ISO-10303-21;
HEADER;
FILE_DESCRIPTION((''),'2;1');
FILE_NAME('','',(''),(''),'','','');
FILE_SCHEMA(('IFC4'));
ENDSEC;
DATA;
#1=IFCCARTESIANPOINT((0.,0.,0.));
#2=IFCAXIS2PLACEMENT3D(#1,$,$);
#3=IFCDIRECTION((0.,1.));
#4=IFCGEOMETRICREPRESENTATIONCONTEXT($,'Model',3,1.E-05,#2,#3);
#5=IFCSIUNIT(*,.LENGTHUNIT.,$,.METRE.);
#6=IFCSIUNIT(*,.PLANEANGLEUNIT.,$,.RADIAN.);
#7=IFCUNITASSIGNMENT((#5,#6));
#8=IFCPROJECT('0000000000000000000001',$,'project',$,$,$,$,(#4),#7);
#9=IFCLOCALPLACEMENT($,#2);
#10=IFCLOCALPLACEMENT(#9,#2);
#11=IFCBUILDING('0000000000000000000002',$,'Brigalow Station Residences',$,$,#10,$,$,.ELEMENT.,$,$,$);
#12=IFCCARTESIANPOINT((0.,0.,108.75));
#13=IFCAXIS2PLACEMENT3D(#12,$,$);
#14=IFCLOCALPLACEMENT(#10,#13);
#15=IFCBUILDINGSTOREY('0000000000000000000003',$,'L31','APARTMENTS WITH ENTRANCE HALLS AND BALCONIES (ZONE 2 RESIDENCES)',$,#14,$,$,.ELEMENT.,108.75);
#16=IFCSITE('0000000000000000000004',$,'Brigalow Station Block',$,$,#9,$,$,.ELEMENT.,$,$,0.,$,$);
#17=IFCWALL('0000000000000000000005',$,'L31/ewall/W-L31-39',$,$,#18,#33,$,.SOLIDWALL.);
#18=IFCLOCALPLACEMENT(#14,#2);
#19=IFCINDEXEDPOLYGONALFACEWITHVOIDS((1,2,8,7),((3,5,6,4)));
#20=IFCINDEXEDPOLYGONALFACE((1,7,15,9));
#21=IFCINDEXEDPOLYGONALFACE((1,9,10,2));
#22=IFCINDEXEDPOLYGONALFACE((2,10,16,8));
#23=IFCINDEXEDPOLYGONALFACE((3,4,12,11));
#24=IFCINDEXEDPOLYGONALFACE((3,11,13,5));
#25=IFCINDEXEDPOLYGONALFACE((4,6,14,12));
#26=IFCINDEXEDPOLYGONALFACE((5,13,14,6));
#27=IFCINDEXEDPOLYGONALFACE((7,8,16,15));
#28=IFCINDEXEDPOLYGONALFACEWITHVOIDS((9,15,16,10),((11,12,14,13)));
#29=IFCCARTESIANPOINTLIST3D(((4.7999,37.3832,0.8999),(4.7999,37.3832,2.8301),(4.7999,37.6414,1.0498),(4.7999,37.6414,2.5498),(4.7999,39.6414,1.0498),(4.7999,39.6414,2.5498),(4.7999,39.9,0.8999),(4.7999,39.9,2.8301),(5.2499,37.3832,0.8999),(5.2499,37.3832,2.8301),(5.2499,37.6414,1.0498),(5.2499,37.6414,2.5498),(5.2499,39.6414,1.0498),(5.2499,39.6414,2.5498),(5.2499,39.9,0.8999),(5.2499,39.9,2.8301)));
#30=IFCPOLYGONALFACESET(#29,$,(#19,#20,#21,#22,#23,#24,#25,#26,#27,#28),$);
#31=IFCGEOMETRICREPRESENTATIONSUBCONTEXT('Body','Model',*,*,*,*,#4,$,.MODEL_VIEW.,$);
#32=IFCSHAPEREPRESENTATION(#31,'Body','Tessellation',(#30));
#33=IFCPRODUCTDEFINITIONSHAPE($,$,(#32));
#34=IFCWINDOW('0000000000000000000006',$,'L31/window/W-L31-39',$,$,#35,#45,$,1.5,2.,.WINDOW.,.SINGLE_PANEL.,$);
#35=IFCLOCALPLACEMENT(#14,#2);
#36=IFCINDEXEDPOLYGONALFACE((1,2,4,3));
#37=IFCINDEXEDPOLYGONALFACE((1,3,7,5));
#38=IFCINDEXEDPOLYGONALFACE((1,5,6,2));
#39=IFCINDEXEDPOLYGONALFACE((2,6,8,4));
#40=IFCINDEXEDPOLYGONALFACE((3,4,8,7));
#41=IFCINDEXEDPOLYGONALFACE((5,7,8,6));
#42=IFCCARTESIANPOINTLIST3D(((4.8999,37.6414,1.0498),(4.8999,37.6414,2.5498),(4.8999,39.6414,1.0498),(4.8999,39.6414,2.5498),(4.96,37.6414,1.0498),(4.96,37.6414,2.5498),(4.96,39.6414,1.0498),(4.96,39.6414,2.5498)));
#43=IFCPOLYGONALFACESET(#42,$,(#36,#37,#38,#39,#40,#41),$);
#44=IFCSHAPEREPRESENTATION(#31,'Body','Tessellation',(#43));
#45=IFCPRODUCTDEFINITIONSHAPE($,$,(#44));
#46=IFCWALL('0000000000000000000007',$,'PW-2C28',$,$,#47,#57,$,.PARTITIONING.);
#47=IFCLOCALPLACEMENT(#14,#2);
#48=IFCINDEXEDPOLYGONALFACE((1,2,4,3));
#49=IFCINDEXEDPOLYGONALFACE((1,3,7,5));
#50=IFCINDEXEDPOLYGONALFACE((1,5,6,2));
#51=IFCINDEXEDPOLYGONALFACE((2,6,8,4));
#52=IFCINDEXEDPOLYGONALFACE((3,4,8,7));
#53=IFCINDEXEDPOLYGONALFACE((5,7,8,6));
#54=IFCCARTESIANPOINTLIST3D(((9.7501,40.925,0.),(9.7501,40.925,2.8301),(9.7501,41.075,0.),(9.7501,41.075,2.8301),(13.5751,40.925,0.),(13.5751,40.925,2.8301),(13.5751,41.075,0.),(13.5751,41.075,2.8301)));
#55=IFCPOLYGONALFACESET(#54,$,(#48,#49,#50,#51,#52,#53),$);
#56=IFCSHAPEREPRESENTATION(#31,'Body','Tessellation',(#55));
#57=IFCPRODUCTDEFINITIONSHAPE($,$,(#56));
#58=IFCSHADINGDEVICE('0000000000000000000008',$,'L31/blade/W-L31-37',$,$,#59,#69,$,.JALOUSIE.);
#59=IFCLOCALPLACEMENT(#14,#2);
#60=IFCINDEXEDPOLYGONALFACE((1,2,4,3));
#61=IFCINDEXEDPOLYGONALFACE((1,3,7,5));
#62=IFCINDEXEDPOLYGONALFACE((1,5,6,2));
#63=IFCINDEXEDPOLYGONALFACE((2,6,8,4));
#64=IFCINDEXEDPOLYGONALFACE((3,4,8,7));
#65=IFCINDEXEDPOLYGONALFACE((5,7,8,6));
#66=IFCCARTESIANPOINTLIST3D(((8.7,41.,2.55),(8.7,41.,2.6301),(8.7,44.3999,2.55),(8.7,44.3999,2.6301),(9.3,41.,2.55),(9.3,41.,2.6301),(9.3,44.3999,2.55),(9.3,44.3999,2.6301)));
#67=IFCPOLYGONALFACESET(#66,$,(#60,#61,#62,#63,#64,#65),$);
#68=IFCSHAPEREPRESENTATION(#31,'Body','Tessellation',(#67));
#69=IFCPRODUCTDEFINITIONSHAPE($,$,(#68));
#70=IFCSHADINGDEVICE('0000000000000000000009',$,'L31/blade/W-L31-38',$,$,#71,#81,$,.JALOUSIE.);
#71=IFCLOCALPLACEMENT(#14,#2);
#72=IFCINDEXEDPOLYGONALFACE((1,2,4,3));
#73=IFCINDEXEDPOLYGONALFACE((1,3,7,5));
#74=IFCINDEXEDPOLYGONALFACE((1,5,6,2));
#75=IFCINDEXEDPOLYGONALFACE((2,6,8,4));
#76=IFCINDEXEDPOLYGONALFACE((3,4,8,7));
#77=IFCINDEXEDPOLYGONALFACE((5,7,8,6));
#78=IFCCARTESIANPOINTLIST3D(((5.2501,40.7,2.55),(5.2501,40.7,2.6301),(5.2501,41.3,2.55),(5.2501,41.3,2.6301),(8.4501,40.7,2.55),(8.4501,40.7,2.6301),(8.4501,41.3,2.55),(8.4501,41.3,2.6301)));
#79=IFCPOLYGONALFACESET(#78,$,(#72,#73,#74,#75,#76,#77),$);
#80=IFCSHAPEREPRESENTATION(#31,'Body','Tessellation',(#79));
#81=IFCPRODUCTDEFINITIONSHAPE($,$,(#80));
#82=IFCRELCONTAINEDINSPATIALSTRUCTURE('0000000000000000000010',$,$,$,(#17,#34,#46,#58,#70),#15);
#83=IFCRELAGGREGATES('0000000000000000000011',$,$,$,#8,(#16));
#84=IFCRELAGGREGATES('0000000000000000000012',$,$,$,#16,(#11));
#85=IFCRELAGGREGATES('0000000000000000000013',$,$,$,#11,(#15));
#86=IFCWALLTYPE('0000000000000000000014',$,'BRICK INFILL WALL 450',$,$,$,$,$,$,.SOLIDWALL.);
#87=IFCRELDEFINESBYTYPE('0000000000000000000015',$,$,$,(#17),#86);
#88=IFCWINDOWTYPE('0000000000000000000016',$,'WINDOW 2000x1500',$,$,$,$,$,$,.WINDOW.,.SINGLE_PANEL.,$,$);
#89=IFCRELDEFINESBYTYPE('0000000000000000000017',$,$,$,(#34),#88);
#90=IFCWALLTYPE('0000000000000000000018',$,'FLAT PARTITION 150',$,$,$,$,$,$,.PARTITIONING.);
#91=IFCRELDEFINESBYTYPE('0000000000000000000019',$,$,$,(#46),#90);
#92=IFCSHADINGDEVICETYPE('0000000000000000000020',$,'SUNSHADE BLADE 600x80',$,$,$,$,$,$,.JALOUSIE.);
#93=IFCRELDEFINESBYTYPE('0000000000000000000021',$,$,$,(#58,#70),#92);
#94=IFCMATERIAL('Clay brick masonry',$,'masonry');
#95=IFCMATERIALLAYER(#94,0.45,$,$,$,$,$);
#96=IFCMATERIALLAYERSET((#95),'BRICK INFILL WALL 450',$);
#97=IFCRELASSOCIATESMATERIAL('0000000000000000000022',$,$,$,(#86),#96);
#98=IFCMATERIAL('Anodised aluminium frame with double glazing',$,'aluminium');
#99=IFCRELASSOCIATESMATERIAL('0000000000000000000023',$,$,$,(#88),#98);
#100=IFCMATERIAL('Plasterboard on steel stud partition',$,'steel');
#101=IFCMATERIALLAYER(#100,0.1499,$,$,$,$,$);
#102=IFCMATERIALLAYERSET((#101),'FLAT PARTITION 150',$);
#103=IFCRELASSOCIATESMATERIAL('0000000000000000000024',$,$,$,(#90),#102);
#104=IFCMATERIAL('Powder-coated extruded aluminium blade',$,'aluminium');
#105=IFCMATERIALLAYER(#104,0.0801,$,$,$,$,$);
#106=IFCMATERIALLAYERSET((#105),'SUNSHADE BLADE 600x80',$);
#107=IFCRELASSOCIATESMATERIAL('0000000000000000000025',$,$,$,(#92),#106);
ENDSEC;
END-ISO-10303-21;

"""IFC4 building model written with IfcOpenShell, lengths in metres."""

from ifc_helpers import new_model, si_unit, direction, frame, frame_2d, origin, origin_2d, place, context, subcontext, project, spatial, rectangle, extrude, material, layer, layer_set, type_object, element, fill, save


model = new_model("IFC4")

# Units and contexts
model_context = context("Model", 3, precision=1e-05, world=origin(), true_north=direction((0.0, 1.0)))
body_context = subcontext(model_context, "Body", "Model", "MODEL_VIEW")
ifc_project = project(units=[si_unit("LENGTHUNIT", "METRE"), si_unit("PLANEANGLEUNIT", "RADIAN")], contexts=[model_context])

# Site, building, storey
site_placement = place(None, origin())
site = spatial("IfcSite", under=ifc_project, at=site_placement, Name="Brigalow Station Block", CompositionType="ELEMENT", RefElevation=0.0)
building_placement = place(site_placement, origin())
building = spatial("IfcBuilding", under=site, at=building_placement, Name="Brigalow Station Residences", CompositionType="ELEMENT")
storey_placement = place(building_placement, frame((0.0, 0.0, 108.75)))
storey = spatial("IfcBuildingStorey", under=building, at=storey_placement, Name="L31", Description="APARTMENTS WITH ENTRANCE HALLS AND BALCONIES (ZONE 2 RESIDENCES)", CompositionType="ELEMENT", Elevation=108.75)

# Shared definitions
ifc_material_1 = material(Name="Clay brick masonry", Category="masonry")
ifc_layer_1 = layer(ifc_material_1, 0.45)
ifc_layer_set_1 = layer_set([ifc_layer_1], Name="BRICK INFILL WALL 450")
wall_type_1 = type_object("IfcWallType", Name="BRICK INFILL WALL 450", PredefinedType="SOLIDWALL", material=ifc_layer_set_1)

# Wall, opening, window
wall_1_placement = place(storey_placement, frame((5.0249, 39.8999, 0.8999), z_axis=(0.0, 0.0, 1.0), x_axis=(0.0, -1.0, 0.0)))
wall_1 = element("IfcWall", 1, at=wall_1_placement, inside=storey, type_object=wall_type_1, Name="L31/ewall/W-L31-39", PredefinedType="SOLIDWALL", context=body_context, shape_type="SweptSolid", body=[
    extrude(rectangle(XDim=2.5168, YDim=0.45, at=frame_2d((1.2583, 0.0))), origin(), (0.0, 0.0, 1.0), 1.9302),
])
opening_1_placement = place(wall_1_placement, frame((0.2585, 0.0, 0.1499)))
opening_1 = element("IfcOpeningElement", 2, at=opening_1_placement, cuts=wall_1, PredefinedType="OPENING", context=body_context, shape_type="SweptSolid", body=[
    extrude(rectangle(XDim=2.0, YDim=1.5, at=frame_2d((1.0, 0.75))), frame((0.0, 0.2349, 0.0), z_axis=(0.0, -1.0, 0.0), x_axis=(1.0, 0.0, 0.0)), (0.0, 0.0, 1.0), 0.47),
])
ifc_material_2 = material(Name="Anodised aluminium frame with double glazing", Category="aluminium")
window_type_1 = type_object("IfcWindowType", Name="WINDOW 2000x1500", PartitioningType="SINGLE_PANEL", PredefinedType="WINDOW", material=ifc_material_2)
window_1_placement = place(opening_1_placement, origin())
window_1 = element("IfcWindow", 3, at=window_1_placement, inside=storey, type_object=window_type_1, Name="L31/window/W-L31-39", OverallHeight=1.5, OverallWidth=2.0, PartitioningType="SINGLE_PANEL", PredefinedType="WINDOW", context=body_context, shape_type="SweptSolid", body=[
    extrude(rectangle(XDim=2.0, YDim=1.5, at=frame_2d((1.0, 0.75))), frame((0.0, -0.0649, 0.0), z_axis=(0.0, -1.0, 0.0), x_axis=(1.0, 0.0, 0.0)), (0.0, 0.0, 1.0), 0.0601),
])
fill(opening_1, window_1)

# Wall
ifc_material_3 = material(Name="Plasterboard on steel stud partition", Category="steel")
ifc_layer_2 = layer(ifc_material_3, 0.1499)
ifc_layer_set_2 = layer_set([ifc_layer_2], Name="FLAT PARTITION 150")
wall_type_2 = type_object("IfcWallType", Name="FLAT PARTITION 150", PredefinedType="PARTITIONING", material=ifc_layer_set_2)
wall_2_placement = place(storey_placement, frame((9.75, 41.0, 0.0), z_axis=(0.0, 0.0, 1.0), x_axis=(1.0, 0.0, 0.0)))
element("IfcWall", 4, at=wall_2_placement, inside=storey, type_object=wall_type_2, Name="PW-2C28", PredefinedType="PARTITIONING", context=body_context, shape_type="SweptSolid", body=[
    extrude(rectangle(XDim=3.825, YDim=0.1499, at=frame_2d((1.9126, 0.0))), origin(), (0.0, 0.0, 1.0), 2.8301),
])

# Shading devices
ifc_material_4 = material(Name="Powder-coated extruded aluminium blade", Category="aluminium")
ifc_layer_3 = layer(ifc_material_4, 0.0801)
ifc_layer_set_3 = layer_set([ifc_layer_3], Name="SUNSHADE BLADE 600x80")
shading_device_type = type_object("IfcShadingDeviceType", Name="SUNSHADE BLADE 600x80", PredefinedType="JALOUSIE", material=ifc_layer_set_3)
shading_device_1_placement = place(storey_placement, frame((9.0, 42.7, 2.55), z_axis=(0.0, 0.0, 1.0), x_axis=(0.0, -1.0, 0.0)))
element("IfcShadingDevice", 5, at=shading_device_1_placement, inside=storey, type_object=shading_device_type, Name="L31/blade/W-L31-37", PredefinedType="JALOUSIE", context=body_context, shape_type="SweptSolid", body=[
    extrude(rectangle(XDim=3.3999, YDim=0.6001, at=origin_2d()), origin(), (0.0, 0.0, 1.0), 0.0801),
])
shading_device_2_placement = place(storey_placement, frame((6.8501, 41.0, 2.55), z_axis=(0.0, 0.0, 1.0), x_axis=(-1.0, 0.0, 0.0)))
element("IfcShadingDevice", 6, at=shading_device_2_placement, inside=storey, type_object=shading_device_type, Name="L31/blade/W-L31-38", PredefinedType="JALOUSIE", context=body_context, shape_type="SweptSolid", body=[
    extrude(rectangle(XDim=3.2, YDim=0.6001, at=origin_2d()), origin(), (0.0, 0.0, 1.0), 0.0801),
])

save(model, "model.ifc")
